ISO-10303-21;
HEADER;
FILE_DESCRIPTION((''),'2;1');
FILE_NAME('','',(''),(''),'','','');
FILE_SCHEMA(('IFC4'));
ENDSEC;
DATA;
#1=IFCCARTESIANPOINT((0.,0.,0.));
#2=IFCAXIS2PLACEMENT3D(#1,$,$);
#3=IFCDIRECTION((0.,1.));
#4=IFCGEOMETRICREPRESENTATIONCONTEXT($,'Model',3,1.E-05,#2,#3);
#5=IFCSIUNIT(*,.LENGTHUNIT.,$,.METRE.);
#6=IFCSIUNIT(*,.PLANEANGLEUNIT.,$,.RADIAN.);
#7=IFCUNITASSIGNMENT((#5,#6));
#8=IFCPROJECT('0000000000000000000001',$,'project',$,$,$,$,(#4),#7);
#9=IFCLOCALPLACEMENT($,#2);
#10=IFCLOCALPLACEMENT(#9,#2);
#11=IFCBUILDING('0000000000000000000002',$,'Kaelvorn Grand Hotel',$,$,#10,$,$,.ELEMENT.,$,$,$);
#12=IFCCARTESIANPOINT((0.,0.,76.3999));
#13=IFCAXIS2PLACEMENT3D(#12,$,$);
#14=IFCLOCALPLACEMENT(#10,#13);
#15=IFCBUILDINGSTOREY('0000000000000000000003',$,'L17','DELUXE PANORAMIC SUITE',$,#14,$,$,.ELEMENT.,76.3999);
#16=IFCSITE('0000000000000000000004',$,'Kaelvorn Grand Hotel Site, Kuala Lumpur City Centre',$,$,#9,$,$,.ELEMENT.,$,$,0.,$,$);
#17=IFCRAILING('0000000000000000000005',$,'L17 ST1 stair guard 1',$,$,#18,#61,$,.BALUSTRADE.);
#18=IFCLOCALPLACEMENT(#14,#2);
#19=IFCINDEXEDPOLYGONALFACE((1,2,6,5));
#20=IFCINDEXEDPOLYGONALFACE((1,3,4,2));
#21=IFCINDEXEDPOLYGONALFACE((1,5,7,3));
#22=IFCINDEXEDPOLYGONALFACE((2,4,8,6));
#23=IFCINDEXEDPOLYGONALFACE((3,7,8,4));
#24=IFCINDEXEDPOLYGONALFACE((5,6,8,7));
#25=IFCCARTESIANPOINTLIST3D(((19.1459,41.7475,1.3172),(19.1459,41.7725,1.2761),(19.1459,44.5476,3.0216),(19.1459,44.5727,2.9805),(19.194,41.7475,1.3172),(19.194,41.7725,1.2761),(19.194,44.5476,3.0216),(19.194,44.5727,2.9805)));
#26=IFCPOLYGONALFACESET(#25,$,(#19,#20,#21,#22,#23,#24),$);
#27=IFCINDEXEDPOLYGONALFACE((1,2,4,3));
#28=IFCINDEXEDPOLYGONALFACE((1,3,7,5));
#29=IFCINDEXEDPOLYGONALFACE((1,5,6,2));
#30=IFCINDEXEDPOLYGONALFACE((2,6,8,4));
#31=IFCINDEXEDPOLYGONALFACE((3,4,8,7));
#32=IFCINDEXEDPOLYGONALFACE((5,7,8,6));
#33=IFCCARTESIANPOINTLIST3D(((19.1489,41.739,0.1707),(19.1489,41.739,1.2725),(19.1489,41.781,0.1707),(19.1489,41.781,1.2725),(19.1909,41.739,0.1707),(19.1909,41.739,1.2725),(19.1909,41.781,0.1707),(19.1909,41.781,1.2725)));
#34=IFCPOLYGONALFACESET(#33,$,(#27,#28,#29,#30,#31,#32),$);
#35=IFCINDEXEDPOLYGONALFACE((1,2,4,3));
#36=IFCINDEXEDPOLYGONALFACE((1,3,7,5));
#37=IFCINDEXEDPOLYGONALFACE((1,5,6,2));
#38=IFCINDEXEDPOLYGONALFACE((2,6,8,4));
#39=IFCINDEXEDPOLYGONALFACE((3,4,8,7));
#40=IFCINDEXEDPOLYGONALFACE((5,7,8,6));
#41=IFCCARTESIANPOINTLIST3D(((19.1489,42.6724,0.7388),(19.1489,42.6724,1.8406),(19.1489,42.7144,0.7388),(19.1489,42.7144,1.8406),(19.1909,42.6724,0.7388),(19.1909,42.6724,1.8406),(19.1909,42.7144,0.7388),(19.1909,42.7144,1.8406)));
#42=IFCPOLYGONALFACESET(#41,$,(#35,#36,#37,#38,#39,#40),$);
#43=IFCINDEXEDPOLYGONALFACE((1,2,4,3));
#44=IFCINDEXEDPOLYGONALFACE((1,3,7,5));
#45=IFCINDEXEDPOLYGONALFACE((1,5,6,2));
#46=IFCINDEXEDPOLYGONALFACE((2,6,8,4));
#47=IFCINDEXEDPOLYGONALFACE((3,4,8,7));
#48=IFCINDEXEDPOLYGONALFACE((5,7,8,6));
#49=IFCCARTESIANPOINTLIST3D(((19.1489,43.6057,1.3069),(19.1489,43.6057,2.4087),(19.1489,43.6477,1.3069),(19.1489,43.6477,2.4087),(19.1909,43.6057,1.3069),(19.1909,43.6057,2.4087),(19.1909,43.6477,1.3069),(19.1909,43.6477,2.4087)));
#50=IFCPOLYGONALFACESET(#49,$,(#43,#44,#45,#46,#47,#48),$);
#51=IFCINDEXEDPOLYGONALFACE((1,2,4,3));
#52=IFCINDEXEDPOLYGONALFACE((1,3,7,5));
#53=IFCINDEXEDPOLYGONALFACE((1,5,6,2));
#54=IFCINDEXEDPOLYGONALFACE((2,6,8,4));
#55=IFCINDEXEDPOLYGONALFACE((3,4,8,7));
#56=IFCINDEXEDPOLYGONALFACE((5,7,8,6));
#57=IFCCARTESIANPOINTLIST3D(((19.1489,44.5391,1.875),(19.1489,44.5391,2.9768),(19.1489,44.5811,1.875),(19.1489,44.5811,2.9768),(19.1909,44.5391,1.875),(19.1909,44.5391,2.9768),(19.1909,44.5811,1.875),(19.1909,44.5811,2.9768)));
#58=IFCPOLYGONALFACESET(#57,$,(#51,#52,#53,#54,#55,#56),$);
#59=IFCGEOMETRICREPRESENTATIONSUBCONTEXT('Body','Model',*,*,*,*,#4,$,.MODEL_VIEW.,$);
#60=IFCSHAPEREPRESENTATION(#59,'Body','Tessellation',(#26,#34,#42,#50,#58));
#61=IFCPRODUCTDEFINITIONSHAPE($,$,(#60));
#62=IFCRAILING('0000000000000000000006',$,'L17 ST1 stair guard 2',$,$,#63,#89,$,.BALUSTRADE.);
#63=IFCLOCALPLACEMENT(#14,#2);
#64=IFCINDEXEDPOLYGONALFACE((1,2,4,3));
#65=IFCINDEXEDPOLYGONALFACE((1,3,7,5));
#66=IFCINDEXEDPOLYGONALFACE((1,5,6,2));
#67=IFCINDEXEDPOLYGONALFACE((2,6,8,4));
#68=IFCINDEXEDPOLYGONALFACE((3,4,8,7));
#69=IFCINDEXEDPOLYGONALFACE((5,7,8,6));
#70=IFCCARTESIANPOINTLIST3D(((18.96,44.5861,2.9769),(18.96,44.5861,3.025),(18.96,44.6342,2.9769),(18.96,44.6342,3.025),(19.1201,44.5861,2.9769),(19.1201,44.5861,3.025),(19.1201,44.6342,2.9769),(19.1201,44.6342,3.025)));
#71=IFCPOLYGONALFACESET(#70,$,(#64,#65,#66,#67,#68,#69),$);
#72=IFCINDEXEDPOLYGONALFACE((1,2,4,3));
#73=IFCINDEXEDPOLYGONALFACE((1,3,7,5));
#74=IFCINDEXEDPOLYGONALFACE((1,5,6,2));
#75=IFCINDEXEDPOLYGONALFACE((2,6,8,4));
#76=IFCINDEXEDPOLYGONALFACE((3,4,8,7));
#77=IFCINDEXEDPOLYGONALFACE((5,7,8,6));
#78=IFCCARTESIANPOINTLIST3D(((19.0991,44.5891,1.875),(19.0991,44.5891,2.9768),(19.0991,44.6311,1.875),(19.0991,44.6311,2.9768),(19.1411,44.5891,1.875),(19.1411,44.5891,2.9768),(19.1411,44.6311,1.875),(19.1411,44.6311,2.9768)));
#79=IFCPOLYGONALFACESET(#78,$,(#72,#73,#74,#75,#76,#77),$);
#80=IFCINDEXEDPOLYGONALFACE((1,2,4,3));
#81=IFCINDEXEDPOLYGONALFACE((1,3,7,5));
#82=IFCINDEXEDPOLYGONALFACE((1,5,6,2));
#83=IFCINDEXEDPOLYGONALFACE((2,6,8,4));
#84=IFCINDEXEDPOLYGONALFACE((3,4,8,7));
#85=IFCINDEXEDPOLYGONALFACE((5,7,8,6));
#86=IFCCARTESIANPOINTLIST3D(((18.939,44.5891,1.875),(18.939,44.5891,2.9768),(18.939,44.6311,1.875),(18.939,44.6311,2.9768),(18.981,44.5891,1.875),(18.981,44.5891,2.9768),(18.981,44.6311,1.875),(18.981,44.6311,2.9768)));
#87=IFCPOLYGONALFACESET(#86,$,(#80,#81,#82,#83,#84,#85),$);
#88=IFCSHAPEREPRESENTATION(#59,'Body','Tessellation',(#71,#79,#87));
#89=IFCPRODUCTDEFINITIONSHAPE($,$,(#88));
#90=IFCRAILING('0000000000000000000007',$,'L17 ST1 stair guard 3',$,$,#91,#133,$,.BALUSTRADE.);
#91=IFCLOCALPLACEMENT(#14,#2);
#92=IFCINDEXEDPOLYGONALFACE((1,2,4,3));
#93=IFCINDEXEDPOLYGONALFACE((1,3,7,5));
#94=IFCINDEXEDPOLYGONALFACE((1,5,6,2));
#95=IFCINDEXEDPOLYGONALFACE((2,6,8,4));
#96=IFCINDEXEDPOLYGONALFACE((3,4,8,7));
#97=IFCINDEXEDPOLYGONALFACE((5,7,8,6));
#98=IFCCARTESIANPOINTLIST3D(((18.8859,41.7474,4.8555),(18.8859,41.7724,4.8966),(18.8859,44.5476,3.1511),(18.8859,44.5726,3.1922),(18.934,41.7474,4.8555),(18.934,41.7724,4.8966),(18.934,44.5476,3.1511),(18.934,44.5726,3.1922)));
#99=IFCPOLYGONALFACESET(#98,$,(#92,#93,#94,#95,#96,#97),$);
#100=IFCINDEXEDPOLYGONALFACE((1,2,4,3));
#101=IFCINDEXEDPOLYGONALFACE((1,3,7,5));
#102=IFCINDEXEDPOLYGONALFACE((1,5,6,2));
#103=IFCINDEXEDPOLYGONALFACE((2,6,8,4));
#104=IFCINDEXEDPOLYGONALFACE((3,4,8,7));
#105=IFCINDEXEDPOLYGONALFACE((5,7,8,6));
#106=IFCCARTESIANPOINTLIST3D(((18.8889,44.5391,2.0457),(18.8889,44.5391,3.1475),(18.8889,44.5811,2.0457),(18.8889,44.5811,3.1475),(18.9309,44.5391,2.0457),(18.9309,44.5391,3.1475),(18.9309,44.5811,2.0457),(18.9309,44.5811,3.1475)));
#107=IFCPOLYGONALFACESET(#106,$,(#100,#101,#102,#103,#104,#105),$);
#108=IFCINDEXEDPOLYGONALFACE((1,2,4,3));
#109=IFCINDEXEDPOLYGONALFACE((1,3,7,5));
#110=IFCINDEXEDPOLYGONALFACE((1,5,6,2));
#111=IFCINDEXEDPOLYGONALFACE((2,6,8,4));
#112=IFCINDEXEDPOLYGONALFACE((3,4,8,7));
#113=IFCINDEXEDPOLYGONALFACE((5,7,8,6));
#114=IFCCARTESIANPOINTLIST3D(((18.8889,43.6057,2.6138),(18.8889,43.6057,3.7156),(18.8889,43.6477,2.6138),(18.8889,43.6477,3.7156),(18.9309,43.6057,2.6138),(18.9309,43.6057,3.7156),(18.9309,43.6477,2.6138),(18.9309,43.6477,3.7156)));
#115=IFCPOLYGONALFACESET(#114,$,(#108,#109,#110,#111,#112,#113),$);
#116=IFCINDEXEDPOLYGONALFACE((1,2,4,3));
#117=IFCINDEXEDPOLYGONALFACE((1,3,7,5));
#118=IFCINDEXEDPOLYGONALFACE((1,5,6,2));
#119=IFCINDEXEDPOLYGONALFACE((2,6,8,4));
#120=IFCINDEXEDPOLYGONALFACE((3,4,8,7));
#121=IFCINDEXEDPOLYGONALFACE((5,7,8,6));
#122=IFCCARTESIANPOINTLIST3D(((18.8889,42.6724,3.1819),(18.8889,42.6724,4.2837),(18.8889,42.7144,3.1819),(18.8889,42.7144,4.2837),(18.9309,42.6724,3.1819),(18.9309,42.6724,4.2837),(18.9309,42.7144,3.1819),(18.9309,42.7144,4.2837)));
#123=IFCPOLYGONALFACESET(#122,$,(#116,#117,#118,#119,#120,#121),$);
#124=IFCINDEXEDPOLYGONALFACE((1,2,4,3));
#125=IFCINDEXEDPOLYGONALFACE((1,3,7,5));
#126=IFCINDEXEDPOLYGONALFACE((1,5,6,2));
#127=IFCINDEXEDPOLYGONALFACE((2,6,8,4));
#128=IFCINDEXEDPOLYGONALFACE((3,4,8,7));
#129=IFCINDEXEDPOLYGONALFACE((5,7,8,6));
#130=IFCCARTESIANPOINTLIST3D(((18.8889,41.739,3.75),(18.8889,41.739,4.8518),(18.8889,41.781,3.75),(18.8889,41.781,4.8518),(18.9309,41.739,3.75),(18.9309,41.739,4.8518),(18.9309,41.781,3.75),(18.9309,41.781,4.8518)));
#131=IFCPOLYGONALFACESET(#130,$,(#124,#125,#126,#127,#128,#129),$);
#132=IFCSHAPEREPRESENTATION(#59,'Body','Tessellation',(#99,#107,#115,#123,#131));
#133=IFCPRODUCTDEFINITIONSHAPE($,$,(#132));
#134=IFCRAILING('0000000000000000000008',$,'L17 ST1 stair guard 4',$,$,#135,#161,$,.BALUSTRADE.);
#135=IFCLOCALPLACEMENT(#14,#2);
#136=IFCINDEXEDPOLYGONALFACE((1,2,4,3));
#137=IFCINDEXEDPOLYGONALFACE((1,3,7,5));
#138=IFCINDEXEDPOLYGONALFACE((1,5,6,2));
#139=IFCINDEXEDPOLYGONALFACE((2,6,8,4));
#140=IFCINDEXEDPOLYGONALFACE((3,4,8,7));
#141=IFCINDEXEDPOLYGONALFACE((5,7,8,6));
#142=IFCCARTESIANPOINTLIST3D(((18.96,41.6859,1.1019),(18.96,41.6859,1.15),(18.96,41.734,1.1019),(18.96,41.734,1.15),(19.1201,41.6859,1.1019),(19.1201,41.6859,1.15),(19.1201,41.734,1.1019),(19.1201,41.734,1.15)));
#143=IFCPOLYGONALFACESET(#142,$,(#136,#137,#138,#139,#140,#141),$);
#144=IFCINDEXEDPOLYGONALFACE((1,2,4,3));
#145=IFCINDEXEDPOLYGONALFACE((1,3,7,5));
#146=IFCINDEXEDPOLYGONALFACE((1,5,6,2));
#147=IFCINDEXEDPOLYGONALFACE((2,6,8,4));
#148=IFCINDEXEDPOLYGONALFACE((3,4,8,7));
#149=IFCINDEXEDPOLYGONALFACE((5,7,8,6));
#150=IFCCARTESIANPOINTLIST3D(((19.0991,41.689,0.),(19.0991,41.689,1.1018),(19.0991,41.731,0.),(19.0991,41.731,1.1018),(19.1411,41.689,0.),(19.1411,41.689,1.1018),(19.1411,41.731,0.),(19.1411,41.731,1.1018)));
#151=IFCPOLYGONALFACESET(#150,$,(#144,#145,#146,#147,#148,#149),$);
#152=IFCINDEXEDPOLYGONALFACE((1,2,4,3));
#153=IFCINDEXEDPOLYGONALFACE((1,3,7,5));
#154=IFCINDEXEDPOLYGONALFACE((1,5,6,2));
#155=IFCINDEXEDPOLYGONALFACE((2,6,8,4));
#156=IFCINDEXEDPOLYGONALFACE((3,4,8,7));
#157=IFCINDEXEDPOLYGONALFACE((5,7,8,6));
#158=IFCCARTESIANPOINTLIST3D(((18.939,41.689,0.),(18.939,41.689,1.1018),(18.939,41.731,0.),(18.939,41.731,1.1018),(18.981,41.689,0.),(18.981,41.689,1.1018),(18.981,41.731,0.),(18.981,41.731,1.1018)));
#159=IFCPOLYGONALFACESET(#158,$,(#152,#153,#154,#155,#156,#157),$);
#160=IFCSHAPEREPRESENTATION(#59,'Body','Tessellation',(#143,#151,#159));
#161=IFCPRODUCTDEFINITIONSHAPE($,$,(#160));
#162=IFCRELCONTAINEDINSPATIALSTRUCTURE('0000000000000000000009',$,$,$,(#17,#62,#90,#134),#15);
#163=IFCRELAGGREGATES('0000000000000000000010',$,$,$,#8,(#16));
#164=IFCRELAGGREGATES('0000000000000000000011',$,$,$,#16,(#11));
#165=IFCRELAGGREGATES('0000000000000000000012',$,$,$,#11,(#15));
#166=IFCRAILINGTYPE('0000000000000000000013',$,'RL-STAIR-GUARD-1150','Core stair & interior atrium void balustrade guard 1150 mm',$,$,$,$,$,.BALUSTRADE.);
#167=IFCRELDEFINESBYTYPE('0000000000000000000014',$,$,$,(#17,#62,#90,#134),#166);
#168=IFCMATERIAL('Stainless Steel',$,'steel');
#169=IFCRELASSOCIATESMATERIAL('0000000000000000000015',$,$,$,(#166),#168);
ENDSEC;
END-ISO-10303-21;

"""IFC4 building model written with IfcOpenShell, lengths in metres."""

from ifc_helpers import new_model, si_unit, direction, frame, origin, origin_2d, place, context, subcontext, project, spatial, rectangle, extrude, material, type_object, element, save


model = new_model("IFC4")

# Units and contexts
model_context = context("Model", 3, precision=1e-05, world=origin(), true_north=direction((0.0, 1.0)))
body_context = subcontext(model_context, "Body", "Model", "MODEL_VIEW")
ifc_project = project(units=[si_unit("LENGTHUNIT", "METRE"), si_unit("PLANEANGLEUNIT", "RADIAN")], contexts=[model_context])

# Site, building, storey
site_placement = place(None, origin())
site = spatial("IfcSite", under=ifc_project, at=site_placement, Name="Kaelvorn Grand Hotel Site, Kuala Lumpur City Centre", CompositionType="ELEMENT", RefElevation=0.0)
building_placement = place(site_placement, origin())
building = spatial("IfcBuilding", under=site, at=building_placement, Name="Kaelvorn Grand Hotel", CompositionType="ELEMENT")
storey_placement = place(building_placement, frame((0.0, 0.0, 76.3999)))
storey = spatial("IfcBuildingStorey", under=building, at=storey_placement, Name="L17", Description="DELUXE PANORAMIC SUITE", CompositionType="ELEMENT", Elevation=76.3999)

# Railings
ifc_material_1 = material(Name="Stainless Steel", Category="steel")
railing_type_1 = type_object("IfcRailingType", Name="RL-STAIR-GUARD-1150", Description="Core stair & interior atrium void balustrade guard 1150 mm", PredefinedType="BALUSTRADE", material=ifc_material_1)
railing_1_placement = place(storey_placement, frame((19.1699, 41.76, 0.1707)))
element("IfcRailing", 1, at=railing_1_placement, inside=storey, type_object=railing_type_1, Name="L17 ST1 stair guard 1", PredefinedType="BALUSTRADE", context=body_context, shape_type="SweptSolid", body=[
    extrude(rectangle(XDim=0.0481, YDim=0.0481, at=origin_2d()), frame((0.0, 0.0, 1.126), z_axis=(0.0, 0.854203, 0.51994), x_axis=(-1.0, 0.0, 0.0)), (0.0, 0.0, 1.0), 3.2781),
    extrude(rectangle(XDim=0.042, YDim=0.042, at=origin_2d()), origin(), (0.0, 0.0, 1.0), 1.1018),
    extrude(rectangle(XDim=0.042, YDim=0.042, at=origin_2d()), frame((0.0, 0.9333, 0.5681)), (0.0, 0.0, 1.0), 1.1018),
    extrude(rectangle(XDim=0.042, YDim=0.042, at=origin_2d()), frame((0.0, 1.8667, 1.1362)), (0.0, 0.0, 1.0), 1.1018),
    extrude(rectangle(XDim=0.042, YDim=0.042, at=origin_2d()), frame((0.0, 2.8, 1.7043)), (0.0, 0.0, 1.0), 1.1018),
])
railing_2_placement = place(storey_placement, frame((19.1201, 44.6101, 1.875)))
element("IfcRailing", 2, at=railing_2_placement, inside=storey, type_object=railing_type_1, Name="L17 ST1 stair guard 2", PredefinedType="BALUSTRADE", context=body_context, shape_type="SweptSolid", body=[
    extrude(rectangle(XDim=0.0481, YDim=0.0481, at=origin_2d()), frame((0.0, 0.0, 1.126), z_axis=(-1.0, 0.0, 0.0), x_axis=(0.0, -1.0, 0.0)), (0.0, 0.0, 1.0), 0.1602),
    extrude(rectangle(XDim=0.042, YDim=0.042, at=origin_2d()), origin(), (0.0, 0.0, 1.0), 1.1018),
    extrude(rectangle(XDim=0.042, YDim=0.042, at=origin_2d()), frame((-0.1602, 0.0, 0.0)), (0.0, 0.0, 1.0), 1.1018),
])
railing_3_placement = place(storey_placement, frame((18.9099, 44.5601, 2.0457)))
element("IfcRailing", 3, at=railing_3_placement, inside=storey, type_object=railing_type_1, Name="L17 ST1 stair guard 3", PredefinedType="BALUSTRADE", context=body_context, shape_type="SweptSolid", body=[
    extrude(rectangle(XDim=0.0481, YDim=0.0481, at=origin_2d()), frame((0.0, 0.0, 1.126), z_axis=(0.0, -0.854203, 0.51994), x_axis=(1.0, 0.0, 0.0)), (0.0, 0.0, 1.0), 3.2781),
    extrude(rectangle(XDim=0.042, YDim=0.042, at=origin_2d()), origin(), (0.0, 0.0, 1.0), 1.1018),
    extrude(rectangle(XDim=0.042, YDim=0.042, at=origin_2d()), frame((0.0, -0.9333, 0.5681)), (0.0, 0.0, 1.0), 1.1018),
    extrude(rectangle(XDim=0.042, YDim=0.042, at=origin_2d()), frame((0.0, -1.8667, 1.1362)), (0.0, 0.0, 1.0), 1.1018),
    extrude(rectangle(XDim=0.042, YDim=0.042, at=origin_2d()), frame((0.0, -2.8, 1.7043)), (0.0, 0.0, 1.0), 1.1018),
])
railing_4_placement = place(storey_placement, frame((19.1201, 41.71, 0.0)))
element("IfcRailing", 4, at=railing_4_placement, inside=storey, type_object=railing_type_1, Name="L17 ST1 stair guard 4", PredefinedType="BALUSTRADE", context=body_context, shape_type="SweptSolid", body=[
    extrude(rectangle(XDim=0.0481, YDim=0.0481, at=origin_2d()), frame((0.0, 0.0, 1.126), z_axis=(-1.0, 0.0, 0.0), x_axis=(0.0, -1.0, 0.0)), (0.0, 0.0, 1.0), 0.1602),
    extrude(rectangle(XDim=0.042, YDim=0.042, at=origin_2d()), origin(), (0.0, 0.0, 1.0), 1.1018),
    extrude(rectangle(XDim=0.042, YDim=0.042, at=origin_2d()), frame((-0.1602, 0.0, 0.0)), (0.0, 0.0, 1.0), 1.1018),
])

save(model, "model.ifc")
